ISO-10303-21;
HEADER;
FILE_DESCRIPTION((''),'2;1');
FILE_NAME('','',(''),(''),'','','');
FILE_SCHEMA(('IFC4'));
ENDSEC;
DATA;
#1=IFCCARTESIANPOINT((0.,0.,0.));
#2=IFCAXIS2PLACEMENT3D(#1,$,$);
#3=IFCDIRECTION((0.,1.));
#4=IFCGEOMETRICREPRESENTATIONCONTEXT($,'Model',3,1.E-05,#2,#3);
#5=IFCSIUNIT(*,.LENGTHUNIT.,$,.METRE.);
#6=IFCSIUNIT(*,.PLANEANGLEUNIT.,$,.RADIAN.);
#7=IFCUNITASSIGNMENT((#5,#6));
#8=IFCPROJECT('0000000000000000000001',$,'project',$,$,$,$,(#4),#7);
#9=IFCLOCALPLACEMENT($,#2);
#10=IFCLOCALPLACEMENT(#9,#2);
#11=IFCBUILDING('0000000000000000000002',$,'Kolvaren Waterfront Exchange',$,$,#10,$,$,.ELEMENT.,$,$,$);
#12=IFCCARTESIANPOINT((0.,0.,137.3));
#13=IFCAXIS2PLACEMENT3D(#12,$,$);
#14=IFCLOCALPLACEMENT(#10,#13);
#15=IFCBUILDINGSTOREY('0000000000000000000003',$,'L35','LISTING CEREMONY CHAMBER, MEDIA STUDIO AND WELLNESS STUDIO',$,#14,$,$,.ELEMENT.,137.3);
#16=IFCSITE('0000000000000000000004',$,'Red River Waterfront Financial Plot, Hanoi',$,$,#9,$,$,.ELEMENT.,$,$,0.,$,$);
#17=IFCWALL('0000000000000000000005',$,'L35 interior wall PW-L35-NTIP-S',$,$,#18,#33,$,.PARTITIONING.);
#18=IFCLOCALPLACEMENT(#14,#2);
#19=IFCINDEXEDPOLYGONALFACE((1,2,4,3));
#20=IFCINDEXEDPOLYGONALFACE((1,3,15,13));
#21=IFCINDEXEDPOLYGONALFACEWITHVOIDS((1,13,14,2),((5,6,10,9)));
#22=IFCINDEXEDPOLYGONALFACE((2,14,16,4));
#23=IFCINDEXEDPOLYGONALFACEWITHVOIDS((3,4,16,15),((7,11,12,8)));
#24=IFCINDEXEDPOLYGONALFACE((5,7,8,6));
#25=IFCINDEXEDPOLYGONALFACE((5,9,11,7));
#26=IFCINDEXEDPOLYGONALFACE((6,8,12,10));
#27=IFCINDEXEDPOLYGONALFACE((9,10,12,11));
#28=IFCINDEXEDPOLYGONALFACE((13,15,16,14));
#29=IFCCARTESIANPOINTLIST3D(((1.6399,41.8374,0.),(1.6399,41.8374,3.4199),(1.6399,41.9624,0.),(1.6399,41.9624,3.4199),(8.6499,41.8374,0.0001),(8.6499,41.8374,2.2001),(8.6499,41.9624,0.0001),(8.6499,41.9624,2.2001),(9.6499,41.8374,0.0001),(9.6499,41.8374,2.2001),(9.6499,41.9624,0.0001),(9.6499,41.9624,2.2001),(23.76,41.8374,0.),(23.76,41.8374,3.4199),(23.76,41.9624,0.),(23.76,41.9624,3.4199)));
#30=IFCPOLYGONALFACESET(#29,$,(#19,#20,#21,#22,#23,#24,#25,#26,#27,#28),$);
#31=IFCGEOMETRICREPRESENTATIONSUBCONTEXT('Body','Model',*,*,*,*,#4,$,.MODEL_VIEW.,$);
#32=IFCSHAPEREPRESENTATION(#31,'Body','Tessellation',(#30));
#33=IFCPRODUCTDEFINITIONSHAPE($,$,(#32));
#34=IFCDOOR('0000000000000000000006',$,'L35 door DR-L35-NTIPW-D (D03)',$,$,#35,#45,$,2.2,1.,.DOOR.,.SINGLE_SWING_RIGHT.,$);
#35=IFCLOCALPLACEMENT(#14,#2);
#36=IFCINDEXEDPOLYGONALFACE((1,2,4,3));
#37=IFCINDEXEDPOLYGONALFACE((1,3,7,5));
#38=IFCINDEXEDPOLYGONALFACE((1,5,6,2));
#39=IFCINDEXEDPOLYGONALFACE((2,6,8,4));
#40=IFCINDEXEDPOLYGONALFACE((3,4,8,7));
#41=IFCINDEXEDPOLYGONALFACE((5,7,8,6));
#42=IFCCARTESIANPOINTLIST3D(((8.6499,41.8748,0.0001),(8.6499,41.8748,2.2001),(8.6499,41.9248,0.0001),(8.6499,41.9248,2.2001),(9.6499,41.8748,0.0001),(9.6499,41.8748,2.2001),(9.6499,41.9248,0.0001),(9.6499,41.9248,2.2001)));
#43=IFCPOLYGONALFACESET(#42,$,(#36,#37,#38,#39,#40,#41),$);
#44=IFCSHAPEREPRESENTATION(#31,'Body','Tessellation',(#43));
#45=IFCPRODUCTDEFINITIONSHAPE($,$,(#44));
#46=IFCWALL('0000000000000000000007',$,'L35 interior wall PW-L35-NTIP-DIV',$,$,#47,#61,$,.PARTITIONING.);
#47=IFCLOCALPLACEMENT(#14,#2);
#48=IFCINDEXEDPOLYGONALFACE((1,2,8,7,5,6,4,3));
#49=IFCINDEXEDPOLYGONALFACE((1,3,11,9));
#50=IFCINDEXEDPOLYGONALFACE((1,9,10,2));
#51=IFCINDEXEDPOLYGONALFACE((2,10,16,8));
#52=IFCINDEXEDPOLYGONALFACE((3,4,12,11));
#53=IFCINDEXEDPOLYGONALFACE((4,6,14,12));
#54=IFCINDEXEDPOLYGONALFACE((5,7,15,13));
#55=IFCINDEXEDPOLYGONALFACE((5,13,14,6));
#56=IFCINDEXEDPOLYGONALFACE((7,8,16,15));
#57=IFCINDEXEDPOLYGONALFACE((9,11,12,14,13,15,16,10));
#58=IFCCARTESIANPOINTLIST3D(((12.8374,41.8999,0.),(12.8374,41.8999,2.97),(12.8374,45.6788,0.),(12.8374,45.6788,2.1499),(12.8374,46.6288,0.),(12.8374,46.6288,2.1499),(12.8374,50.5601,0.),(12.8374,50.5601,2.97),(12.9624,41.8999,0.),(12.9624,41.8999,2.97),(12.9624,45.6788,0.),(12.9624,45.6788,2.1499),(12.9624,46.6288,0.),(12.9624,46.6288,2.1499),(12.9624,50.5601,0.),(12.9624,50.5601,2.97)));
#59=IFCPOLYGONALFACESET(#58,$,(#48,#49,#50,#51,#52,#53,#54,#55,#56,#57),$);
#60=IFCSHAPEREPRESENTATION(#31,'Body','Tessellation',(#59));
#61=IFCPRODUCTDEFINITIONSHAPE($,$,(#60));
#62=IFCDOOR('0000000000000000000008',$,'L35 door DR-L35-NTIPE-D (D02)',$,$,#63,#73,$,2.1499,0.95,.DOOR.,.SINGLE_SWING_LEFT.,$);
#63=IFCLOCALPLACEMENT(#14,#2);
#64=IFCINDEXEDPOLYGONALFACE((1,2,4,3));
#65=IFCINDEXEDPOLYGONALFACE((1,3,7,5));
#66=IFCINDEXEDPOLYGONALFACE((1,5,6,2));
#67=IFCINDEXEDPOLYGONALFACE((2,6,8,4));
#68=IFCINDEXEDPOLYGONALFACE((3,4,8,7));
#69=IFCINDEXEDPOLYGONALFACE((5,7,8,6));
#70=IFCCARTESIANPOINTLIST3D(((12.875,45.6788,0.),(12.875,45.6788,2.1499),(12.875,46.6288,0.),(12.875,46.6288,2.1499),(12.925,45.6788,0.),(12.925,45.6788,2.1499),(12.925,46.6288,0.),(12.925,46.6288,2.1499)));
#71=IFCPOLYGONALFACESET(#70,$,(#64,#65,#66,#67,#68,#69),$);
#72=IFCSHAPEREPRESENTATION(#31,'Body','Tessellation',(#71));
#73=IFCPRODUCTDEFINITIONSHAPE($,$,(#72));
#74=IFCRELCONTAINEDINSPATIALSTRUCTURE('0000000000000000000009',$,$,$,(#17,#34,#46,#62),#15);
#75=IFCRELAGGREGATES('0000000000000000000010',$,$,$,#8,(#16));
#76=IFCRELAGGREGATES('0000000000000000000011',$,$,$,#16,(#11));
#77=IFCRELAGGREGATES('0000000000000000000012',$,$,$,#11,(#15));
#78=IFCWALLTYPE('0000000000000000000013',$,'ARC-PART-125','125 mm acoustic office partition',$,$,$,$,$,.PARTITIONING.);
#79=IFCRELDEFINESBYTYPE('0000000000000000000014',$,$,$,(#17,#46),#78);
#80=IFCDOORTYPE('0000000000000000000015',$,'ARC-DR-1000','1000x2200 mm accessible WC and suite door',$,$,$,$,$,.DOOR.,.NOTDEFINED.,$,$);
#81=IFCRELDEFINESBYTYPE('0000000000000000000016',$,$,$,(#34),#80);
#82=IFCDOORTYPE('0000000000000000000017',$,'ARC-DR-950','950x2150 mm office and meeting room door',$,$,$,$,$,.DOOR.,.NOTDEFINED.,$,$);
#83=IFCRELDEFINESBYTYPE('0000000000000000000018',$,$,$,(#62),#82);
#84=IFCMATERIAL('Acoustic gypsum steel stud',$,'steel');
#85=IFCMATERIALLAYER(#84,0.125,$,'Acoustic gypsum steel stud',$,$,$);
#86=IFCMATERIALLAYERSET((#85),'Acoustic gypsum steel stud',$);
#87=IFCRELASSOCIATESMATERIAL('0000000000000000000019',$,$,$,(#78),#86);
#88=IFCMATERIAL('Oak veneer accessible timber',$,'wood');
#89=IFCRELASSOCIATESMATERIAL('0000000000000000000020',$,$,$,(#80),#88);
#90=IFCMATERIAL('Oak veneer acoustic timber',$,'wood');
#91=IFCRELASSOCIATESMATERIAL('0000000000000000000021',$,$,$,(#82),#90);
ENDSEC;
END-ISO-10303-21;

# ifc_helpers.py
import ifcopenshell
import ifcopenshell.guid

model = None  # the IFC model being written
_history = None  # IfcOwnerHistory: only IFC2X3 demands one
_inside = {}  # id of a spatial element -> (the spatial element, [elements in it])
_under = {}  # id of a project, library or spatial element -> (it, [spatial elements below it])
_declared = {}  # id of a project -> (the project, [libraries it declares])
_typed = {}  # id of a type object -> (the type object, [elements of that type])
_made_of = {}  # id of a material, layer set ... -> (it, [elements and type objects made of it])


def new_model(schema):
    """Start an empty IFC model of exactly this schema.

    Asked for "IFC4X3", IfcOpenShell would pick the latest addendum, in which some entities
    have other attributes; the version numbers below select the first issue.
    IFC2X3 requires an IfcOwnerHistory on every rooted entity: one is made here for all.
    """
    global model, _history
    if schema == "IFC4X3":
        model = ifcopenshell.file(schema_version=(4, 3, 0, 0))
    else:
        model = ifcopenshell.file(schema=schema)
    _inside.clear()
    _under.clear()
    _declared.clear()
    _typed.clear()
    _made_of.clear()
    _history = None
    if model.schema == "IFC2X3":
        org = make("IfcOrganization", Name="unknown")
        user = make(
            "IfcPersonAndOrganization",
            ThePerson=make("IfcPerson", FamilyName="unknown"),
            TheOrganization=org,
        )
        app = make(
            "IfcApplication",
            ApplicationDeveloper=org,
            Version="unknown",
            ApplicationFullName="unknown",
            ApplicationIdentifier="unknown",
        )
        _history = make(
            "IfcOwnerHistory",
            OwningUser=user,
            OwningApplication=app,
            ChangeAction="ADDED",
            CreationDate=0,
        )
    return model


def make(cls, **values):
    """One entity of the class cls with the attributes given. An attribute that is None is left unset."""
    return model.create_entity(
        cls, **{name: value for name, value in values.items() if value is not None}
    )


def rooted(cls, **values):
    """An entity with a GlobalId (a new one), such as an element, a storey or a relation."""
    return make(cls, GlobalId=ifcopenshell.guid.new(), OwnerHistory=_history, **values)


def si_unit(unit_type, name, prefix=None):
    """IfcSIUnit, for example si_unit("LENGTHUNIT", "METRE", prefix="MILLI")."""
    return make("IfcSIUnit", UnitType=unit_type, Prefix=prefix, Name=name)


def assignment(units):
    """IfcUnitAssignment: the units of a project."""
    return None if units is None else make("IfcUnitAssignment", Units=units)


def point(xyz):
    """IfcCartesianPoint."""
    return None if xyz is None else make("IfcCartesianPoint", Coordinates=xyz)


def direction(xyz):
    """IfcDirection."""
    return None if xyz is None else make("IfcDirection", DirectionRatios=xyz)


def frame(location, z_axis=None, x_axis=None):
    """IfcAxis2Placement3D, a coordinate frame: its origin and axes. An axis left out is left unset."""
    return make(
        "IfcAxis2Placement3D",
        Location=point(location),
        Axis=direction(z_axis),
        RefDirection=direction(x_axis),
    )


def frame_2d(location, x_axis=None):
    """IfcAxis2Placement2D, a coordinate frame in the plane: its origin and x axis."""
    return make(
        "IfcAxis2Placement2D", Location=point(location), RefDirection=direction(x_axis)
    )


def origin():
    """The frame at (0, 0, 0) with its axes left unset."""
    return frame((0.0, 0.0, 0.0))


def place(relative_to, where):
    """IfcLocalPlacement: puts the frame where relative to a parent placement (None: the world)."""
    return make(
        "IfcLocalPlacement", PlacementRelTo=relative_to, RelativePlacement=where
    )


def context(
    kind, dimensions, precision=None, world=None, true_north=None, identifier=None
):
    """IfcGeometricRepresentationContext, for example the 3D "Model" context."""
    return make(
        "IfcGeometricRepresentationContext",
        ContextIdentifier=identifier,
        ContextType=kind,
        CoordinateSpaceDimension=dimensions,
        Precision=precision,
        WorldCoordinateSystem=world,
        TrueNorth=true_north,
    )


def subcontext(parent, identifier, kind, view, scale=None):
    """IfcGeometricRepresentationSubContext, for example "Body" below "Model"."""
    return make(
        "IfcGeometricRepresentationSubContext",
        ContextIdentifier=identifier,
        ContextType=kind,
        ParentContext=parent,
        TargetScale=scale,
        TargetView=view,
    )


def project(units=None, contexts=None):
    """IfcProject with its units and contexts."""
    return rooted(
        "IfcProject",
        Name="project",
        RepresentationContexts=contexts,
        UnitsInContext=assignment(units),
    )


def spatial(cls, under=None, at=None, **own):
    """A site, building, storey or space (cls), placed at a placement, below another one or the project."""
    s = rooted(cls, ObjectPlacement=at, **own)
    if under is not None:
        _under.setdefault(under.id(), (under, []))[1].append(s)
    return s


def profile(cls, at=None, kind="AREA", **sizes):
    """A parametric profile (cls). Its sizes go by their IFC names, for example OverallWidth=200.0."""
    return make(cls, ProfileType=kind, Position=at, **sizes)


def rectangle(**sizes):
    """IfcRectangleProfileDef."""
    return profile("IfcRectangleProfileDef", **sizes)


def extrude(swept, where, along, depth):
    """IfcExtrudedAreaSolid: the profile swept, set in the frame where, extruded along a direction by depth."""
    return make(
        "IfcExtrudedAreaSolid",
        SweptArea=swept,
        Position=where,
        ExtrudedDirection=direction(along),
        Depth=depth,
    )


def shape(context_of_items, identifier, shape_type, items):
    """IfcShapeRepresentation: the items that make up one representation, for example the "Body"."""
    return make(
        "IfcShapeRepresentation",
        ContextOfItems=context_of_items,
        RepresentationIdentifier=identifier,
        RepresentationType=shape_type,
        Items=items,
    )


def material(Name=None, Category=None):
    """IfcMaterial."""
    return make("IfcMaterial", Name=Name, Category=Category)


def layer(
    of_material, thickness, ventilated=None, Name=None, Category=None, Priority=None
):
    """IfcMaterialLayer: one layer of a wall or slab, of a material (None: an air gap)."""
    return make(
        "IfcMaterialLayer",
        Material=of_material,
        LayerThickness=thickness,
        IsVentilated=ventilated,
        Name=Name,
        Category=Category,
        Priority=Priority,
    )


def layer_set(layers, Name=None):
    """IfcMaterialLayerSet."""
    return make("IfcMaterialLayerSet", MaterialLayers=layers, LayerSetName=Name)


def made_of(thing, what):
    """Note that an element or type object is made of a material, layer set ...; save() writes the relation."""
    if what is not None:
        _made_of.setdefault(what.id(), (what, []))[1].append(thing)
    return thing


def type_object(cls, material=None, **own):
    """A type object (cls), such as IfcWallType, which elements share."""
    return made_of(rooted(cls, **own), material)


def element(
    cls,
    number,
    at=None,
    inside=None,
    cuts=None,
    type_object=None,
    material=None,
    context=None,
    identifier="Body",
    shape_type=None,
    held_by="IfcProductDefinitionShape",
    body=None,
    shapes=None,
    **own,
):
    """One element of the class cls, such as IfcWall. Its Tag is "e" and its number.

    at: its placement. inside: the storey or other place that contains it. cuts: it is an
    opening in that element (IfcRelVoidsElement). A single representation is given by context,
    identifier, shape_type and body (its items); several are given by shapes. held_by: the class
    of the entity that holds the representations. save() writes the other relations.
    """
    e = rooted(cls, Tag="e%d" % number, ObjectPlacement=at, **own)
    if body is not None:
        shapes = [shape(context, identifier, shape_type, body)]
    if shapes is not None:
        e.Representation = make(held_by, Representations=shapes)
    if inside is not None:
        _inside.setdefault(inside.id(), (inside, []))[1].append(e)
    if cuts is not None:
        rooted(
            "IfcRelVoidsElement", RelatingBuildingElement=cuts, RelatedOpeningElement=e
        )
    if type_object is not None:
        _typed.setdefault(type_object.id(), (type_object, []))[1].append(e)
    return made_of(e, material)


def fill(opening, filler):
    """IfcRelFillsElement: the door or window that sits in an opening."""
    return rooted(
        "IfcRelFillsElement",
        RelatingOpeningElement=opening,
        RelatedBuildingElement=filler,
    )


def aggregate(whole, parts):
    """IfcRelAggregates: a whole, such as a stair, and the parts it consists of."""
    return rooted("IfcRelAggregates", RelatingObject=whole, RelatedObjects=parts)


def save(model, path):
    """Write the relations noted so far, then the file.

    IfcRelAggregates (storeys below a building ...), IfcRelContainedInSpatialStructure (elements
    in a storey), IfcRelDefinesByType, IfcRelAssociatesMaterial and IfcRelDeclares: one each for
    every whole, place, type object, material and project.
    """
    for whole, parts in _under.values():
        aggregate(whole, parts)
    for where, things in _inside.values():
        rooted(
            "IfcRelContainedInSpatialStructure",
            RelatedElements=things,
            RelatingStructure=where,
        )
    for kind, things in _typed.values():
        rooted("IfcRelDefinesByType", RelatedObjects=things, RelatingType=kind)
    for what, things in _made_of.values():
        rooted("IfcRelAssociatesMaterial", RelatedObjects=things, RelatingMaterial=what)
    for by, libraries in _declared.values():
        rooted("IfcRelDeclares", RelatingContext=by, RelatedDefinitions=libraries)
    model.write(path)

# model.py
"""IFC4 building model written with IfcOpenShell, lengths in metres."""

from ifc_helpers import new_model, si_unit, direction, frame, frame_2d, origin, place, context, subcontext, project, spatial, rectangle, extrude, material, layer, layer_set, type_object, element, fill, save


model = new_model("IFC4")

# Units and contexts
model_context = context("Model", 3, precision=1e-05, world=origin(), true_north=direction((0.0, 1.0)))
body_context = subcontext(model_context, "Body", "Model", "MODEL_VIEW")
ifc_project = project(units=[si_unit("LENGTHUNIT", "METRE"), si_unit("PLANEANGLEUNIT", "RADIAN")], contexts=[model_context])

# Site, building, storey
site_placement = place(None, origin())
site = spatial("IfcSite", under=ifc_project, at=site_placement, Name="Red River Waterfront Financial Plot, Hanoi", CompositionType="ELEMENT", RefElevation=0.0)
building_placement = place(site_placement, origin())
building = spatial("IfcBuilding", under=site, at=building_placement, Name="Kolvaren Waterfront Exchange", CompositionType="ELEMENT")
storey_placement = place(building_placement, frame((0.0, 0.0, 137.3)))
storey = spatial("IfcBuildingStorey", under=building, at=storey_placement, Name="L35", Description="LISTING CEREMONY CHAMBER, MEDIA STUDIO AND WELLNESS STUDIO", CompositionType="ELEMENT", Elevation=137.3)

# Walls, openings, doors
ifc_material_1 = material(Name="Acoustic gypsum steel stud", Category="steel")
ifc_layer_1 = layer(ifc_material_1, 0.125, Name="Acoustic gypsum steel stud")
ifc_layer_set_1 = layer_set([ifc_layer_1], Name="Acoustic gypsum steel stud")
wall_type_1 = type_object("IfcWallType", Name="ARC-PART-125", Description="125 mm acoustic office partition", PredefinedType="PARTITIONING", material=ifc_layer_set_1)
wall_1_placement = place(storey_placement, frame((1.6399, 41.8999, 0.0), z_axis=(0.0, 0.0, 1.0), x_axis=(1.0, 0.0, 0.0)))
wall_1 = element("IfcWall", 1, at=wall_1_placement, inside=storey, type_object=wall_type_1, Name="L35 interior wall PW-L35-NTIP-S", PredefinedType="PARTITIONING", context=body_context, shape_type="SweptSolid", body=[
    extrude(rectangle(XDim=22.1201, YDim=0.125, at=frame_2d((11.0601, 0.0))), origin(), (0.0, 0.0, 1.0), 3.4199),
])
opening_1_placement = place(wall_1_placement, frame((7.01, 0.0, 0.0)))
opening_1 = element("IfcOpeningElement", 2, at=opening_1_placement, cuts=wall_1, PredefinedType="OPENING", context=body_context, shape_type="SweptSolid", body=[
    extrude(rectangle(XDim=1.0, YDim=2.2, at=frame_2d((0.5, 1.1001))), frame((0.0, 0.0725, 0.0), z_axis=(0.0, -1.0, 0.0), x_axis=(1.0, 0.0, 0.0)), (0.0, 0.0, 1.0), 0.145),
])
ifc_material_2 = material(Name="Oak veneer accessible timber", Category="wood")
door_type_1 = type_object("IfcDoorType", Name="ARC-DR-1000", Description="1000x2200 mm accessible WC and suite door", OperationType="NOTDEFINED", PredefinedType="DOOR", material=ifc_material_2)
door_1_placement = place(opening_1_placement, origin())
door_1 = element("IfcDoor", 3, at=door_1_placement, inside=storey, type_object=door_type_1, Name="L35 door DR-L35-NTIPW-D (D03)", OperationType="SINGLE_SWING_RIGHT", OverallHeight=2.2, OverallWidth=1.0, PredefinedType="DOOR", context=body_context, shape_type="SweptSolid", body=[
    extrude(rectangle(XDim=1.0, YDim=2.2, at=frame_2d((0.5, 1.1001))), frame((0.0, 0.0249, 0.0), z_axis=(0.0, -1.0, 0.0), x_axis=(1.0, 0.0, 0.0)), (0.0, 0.0, 1.0), 0.05),
])
fill(opening_1, door_1)
wall_2_placement = place(storey_placement, frame((12.8999, 41.8999, 0.0), z_axis=(0.0, 0.0, 1.0), x_axis=(0.0, 1.0, 0.0)))
wall_2 = element("IfcWall", 4, at=wall_2_placement, inside=storey, type_object=wall_type_1, Name="L35 interior wall PW-L35-NTIP-DIV", PredefinedType="PARTITIONING", context=body_context, shape_type="SweptSolid", body=[
    extrude(rectangle(XDim=8.6602, YDim=0.125, at=frame_2d((4.3301, 0.0))), origin(), (0.0, 0.0, 1.0), 2.97),
])
opening_2_placement = place(wall_2_placement, frame((3.7788, 0.0, 0.0)))
opening_2 = element("IfcOpeningElement", 5, at=opening_2_placement, cuts=wall_2, PredefinedType="OPENING", context=body_context, shape_type="SweptSolid", body=[
    extrude(rectangle(XDim=0.95, YDim=2.1499, at=frame_2d((0.4751, 1.075))), frame((0.0, 0.0725, 0.0), z_axis=(0.0, -1.0, 0.0), x_axis=(1.0, 0.0, 0.0)), (0.0, 0.0, 1.0), 0.145),
])
ifc_material_3 = material(Name="Oak veneer acoustic timber", Category="wood")
door_type_2 = type_object("IfcDoorType", Name="ARC-DR-950", Description="950x2150 mm office and meeting room door", OperationType="NOTDEFINED", PredefinedType="DOOR", material=ifc_material_3)
door_2_placement = place(opening_2_placement, origin())
door_2 = element("IfcDoor", 6, at=door_2_placement, inside=storey, type_object=door_type_2, Name="L35 door DR-L35-NTIPE-D (D02)", OperationType="SINGLE_SWING_LEFT", OverallHeight=2.1499, OverallWidth=0.95, PredefinedType="DOOR", context=body_context, shape_type="SweptSolid", body=[
    extrude(rectangle(XDim=0.95, YDim=2.1499, at=frame_2d((0.4751, 1.075))), frame((0.0, 0.0249, 0.0), z_axis=(0.0, -1.0, 0.0), x_axis=(1.0, 0.0, 0.0)), (0.0, 0.0, 1.0), 0.05),
])
fill(opening_2, door_2)

save(model, "model.ifc")
